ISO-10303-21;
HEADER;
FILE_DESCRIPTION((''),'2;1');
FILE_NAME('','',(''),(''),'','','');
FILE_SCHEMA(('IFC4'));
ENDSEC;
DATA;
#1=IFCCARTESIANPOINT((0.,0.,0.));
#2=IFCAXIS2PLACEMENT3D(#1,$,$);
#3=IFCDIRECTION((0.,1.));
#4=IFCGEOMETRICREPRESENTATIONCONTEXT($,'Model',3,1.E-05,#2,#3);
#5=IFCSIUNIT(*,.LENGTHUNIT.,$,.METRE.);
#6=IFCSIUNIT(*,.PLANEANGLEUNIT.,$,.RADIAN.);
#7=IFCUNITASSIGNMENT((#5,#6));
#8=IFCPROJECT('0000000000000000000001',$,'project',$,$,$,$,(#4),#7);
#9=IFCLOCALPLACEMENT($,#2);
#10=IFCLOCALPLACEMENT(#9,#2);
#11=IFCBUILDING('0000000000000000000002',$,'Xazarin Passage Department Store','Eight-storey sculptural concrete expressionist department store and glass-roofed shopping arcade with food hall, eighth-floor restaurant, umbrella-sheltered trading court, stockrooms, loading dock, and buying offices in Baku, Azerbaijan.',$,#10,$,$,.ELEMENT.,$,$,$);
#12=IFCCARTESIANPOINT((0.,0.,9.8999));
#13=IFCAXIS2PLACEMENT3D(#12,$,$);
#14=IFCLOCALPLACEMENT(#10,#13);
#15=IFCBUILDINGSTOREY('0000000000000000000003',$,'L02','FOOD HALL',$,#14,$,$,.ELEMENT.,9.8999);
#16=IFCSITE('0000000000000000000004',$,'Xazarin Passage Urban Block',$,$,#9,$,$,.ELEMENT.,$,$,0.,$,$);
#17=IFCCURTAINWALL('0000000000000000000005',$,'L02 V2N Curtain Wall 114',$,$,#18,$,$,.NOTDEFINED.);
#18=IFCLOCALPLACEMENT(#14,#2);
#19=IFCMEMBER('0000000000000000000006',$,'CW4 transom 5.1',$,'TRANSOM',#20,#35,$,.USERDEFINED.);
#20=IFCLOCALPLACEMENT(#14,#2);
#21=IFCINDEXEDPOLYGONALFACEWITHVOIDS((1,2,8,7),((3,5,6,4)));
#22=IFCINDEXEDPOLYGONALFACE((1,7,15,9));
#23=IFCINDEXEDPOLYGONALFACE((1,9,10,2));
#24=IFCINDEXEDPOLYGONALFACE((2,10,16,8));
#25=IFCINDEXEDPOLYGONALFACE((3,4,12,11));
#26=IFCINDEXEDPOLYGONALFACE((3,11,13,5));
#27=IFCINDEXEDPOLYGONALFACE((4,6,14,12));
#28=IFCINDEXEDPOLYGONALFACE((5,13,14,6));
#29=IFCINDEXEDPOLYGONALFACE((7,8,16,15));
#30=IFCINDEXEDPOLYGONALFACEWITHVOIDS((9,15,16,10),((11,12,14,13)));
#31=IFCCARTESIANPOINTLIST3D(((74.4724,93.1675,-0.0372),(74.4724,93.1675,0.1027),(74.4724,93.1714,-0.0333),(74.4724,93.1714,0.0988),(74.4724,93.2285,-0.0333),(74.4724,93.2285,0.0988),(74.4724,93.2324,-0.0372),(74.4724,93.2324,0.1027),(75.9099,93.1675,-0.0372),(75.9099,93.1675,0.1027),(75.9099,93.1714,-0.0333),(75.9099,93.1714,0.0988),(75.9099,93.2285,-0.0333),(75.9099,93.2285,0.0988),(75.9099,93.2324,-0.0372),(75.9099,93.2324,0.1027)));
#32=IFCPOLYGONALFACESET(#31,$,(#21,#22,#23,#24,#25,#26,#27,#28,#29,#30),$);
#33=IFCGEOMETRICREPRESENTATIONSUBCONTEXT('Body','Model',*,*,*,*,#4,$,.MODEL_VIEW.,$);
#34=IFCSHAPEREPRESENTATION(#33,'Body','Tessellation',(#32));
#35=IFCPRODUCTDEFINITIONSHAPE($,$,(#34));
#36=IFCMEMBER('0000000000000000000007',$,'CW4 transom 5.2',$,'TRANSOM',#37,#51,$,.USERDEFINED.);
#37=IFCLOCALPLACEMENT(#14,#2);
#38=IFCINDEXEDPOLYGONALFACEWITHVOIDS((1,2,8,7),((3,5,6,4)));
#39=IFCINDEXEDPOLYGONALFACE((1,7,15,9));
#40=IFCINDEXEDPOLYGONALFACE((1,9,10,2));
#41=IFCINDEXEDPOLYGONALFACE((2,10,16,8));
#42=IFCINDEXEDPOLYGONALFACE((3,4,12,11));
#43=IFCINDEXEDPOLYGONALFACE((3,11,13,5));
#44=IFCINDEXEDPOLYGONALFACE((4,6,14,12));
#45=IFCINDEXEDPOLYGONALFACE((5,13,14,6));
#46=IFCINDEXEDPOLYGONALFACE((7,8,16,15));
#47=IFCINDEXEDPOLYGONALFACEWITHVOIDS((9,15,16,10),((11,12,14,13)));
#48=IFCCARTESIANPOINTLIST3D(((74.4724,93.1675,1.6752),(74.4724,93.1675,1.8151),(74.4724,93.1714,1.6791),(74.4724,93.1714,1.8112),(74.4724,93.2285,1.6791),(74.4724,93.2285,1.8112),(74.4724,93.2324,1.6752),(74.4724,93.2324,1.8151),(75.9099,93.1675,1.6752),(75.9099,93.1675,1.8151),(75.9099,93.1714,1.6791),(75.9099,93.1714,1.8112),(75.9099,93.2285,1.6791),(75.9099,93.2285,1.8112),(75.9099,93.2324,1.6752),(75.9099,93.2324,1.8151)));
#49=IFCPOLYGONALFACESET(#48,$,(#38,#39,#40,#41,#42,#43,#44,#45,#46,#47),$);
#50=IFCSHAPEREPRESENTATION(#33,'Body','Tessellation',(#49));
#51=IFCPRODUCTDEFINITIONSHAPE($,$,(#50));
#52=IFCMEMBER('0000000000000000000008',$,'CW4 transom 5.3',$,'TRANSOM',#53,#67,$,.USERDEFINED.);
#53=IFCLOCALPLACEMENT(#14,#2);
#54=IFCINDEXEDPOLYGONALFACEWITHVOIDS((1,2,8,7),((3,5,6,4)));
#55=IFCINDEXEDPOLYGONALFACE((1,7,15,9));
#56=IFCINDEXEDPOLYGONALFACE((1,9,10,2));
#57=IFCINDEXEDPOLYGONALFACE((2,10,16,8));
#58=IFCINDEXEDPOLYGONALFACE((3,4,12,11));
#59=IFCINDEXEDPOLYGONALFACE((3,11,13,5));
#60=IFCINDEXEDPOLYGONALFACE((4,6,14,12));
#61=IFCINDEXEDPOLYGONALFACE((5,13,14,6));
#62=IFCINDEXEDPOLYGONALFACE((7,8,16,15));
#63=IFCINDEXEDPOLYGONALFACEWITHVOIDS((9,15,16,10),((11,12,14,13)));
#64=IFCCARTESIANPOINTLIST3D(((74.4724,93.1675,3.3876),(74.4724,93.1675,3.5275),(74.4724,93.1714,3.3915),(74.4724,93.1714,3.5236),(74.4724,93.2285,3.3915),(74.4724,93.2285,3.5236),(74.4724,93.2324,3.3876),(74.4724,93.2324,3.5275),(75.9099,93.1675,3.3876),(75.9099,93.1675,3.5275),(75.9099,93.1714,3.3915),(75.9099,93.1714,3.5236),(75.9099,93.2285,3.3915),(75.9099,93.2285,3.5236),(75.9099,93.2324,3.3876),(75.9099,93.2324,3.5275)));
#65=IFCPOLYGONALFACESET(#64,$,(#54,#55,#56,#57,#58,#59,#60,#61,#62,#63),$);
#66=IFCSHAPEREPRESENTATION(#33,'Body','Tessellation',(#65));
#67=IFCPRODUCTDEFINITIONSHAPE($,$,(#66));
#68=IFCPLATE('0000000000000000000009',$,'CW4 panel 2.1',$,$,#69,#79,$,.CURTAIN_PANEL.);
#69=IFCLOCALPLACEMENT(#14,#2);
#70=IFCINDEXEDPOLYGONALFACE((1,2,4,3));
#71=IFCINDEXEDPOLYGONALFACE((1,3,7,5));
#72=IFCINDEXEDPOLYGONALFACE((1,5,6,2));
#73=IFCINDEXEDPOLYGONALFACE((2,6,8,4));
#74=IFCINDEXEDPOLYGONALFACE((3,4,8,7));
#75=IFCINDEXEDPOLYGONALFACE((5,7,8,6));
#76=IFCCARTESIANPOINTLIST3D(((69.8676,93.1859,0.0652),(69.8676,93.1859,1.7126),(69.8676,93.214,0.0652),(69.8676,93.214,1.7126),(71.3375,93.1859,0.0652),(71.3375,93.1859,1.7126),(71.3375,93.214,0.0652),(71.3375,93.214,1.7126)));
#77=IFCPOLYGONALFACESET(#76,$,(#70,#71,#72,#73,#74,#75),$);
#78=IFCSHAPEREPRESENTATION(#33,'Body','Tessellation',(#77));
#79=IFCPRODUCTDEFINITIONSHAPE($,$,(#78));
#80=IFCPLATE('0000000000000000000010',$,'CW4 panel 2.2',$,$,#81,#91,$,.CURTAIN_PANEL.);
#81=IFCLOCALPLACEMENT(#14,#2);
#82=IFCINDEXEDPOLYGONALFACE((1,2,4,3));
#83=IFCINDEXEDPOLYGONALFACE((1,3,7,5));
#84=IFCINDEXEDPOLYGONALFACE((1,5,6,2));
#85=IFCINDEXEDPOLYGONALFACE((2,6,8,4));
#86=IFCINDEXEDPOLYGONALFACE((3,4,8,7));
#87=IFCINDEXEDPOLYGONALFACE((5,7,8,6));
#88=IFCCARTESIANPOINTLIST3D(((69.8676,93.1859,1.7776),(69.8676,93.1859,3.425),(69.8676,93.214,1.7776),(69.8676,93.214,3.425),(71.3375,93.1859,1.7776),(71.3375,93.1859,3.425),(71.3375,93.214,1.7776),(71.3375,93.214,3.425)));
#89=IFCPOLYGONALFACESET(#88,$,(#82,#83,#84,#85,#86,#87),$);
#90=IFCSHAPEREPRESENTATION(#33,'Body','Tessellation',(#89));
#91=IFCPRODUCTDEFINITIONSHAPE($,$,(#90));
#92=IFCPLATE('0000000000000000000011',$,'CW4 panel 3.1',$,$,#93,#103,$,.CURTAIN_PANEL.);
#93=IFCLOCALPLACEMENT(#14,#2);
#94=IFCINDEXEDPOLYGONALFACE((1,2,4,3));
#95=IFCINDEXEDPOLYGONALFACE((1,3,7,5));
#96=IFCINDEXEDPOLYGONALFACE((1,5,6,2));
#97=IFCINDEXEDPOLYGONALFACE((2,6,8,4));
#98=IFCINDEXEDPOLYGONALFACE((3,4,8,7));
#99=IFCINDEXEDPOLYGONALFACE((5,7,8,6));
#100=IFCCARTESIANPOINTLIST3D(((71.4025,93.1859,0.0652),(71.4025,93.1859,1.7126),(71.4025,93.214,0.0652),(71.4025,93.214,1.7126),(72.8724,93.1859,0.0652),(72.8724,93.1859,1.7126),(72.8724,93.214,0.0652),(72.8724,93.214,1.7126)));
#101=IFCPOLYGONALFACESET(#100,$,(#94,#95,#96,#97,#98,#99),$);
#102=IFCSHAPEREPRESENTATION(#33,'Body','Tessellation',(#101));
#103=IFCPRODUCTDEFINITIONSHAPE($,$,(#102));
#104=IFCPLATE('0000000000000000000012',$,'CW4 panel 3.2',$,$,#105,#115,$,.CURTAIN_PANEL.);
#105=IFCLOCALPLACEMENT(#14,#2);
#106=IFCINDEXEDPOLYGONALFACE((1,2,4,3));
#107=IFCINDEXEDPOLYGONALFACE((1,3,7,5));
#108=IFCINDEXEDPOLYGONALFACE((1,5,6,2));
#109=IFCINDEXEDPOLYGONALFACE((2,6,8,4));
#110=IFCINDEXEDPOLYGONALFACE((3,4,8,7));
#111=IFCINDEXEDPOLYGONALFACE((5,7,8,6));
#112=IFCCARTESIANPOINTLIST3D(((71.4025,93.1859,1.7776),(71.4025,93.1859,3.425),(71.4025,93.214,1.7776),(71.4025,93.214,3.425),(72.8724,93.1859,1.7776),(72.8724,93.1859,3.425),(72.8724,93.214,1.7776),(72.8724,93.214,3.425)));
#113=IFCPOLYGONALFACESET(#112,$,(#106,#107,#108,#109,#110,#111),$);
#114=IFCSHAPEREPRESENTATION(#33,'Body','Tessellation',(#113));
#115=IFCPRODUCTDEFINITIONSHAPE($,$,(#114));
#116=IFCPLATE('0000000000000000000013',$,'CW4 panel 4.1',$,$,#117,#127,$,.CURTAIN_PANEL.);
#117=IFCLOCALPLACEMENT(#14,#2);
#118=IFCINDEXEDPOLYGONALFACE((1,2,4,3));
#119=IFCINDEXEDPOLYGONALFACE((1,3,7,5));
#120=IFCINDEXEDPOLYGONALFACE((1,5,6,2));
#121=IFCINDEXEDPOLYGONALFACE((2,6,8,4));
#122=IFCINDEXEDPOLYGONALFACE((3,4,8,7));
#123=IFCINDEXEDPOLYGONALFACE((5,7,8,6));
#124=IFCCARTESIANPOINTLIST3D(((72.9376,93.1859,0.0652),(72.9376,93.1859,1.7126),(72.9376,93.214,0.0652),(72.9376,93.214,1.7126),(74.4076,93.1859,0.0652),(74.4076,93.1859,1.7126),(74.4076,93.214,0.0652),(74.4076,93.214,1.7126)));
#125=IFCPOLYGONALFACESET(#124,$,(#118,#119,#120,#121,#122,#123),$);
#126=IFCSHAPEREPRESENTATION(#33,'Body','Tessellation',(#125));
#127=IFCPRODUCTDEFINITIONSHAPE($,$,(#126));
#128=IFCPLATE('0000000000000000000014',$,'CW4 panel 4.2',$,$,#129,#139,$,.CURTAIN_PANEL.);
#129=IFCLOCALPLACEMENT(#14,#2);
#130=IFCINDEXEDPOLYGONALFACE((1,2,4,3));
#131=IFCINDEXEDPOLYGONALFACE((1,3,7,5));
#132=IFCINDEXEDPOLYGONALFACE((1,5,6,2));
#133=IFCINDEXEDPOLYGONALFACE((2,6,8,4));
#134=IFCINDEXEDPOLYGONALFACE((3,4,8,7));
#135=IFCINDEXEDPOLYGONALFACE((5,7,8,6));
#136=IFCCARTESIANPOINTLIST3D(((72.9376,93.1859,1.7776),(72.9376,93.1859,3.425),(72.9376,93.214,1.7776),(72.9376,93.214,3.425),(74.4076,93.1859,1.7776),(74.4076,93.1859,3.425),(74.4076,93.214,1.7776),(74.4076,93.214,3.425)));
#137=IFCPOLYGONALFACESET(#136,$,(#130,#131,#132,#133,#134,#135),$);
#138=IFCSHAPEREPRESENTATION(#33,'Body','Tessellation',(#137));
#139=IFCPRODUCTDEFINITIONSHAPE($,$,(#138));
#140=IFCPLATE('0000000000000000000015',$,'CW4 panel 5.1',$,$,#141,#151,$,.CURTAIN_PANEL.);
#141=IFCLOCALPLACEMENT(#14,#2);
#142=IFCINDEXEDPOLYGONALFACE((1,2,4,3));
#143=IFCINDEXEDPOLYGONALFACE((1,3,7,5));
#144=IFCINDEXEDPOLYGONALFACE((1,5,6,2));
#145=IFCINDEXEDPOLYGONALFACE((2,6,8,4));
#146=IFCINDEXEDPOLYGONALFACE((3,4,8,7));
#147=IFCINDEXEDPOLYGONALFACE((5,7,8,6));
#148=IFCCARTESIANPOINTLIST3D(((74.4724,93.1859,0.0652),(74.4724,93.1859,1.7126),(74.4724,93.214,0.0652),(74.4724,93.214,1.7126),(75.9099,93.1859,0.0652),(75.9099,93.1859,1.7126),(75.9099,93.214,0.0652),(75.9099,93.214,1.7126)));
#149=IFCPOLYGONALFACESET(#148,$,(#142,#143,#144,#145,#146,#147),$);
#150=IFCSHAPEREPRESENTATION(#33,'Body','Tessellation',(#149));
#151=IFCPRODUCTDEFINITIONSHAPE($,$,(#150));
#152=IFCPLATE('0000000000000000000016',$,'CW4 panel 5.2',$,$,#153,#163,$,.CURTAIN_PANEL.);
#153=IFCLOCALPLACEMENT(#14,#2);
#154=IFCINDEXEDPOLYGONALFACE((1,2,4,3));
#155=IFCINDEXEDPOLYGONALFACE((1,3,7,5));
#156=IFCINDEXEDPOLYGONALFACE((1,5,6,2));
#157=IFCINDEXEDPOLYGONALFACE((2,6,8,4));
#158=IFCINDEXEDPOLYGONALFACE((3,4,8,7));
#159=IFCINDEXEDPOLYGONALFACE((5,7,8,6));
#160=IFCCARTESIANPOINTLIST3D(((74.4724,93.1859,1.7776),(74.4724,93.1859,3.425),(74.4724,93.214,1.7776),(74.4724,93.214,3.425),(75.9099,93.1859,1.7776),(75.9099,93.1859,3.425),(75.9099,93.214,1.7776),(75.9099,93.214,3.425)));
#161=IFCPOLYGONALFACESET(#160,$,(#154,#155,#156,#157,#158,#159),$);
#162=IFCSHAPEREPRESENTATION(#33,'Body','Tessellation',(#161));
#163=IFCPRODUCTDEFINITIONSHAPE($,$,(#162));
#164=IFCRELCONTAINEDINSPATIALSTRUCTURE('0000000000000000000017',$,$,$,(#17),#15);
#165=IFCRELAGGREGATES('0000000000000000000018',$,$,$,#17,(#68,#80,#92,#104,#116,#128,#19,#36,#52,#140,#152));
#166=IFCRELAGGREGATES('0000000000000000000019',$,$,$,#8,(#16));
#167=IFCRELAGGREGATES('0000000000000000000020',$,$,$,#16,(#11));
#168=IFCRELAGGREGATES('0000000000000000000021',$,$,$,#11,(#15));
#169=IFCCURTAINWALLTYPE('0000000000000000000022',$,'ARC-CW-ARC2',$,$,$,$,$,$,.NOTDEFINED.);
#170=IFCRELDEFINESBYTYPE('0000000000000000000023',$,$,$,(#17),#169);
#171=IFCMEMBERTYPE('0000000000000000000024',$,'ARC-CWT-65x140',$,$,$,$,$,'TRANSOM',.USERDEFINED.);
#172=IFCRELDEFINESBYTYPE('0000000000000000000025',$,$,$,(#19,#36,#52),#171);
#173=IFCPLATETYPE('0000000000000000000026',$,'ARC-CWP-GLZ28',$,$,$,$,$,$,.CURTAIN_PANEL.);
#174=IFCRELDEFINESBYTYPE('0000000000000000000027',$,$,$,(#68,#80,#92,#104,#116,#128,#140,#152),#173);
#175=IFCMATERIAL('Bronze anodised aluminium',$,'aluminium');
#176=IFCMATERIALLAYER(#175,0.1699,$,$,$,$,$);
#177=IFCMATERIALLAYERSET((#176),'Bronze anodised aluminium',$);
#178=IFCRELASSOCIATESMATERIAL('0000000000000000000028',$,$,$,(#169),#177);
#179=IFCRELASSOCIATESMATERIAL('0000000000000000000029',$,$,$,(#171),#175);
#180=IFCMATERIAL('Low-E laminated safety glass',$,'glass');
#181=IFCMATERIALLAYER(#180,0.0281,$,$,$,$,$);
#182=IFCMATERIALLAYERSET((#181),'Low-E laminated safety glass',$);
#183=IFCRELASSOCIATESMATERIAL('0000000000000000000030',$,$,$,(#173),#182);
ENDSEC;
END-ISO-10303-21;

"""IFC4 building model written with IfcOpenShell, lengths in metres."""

from ifc_helpers import new_model, si_unit, direction, frame, origin, origin_2d, place, context, subcontext, project, spatial, rectangle, hollow_rectangle, extrude, material, layer, layer_set, material_profile, profile_set, type_object, element, aggregate, save


model = new_model("IFC4")

# Units and contexts
model_context = context("Model", 3, precision=1e-05, world=origin(), true_north=direction((0.0, 1.0)))
body_context = subcontext(model_context, "Body", "Model", "MODEL_VIEW")
ifc_project = project(units=[si_unit("LENGTHUNIT", "METRE"), si_unit("PLANEANGLEUNIT", "RADIAN")], contexts=[model_context])

# Site, building, storey
site_placement = place(None, origin())
site = spatial("IfcSite", under=ifc_project, at=site_placement, Name="Xazarin Passage Urban Block", CompositionType="ELEMENT", RefElevation=0.0)
building_placement = place(site_placement, origin())
building = spatial("IfcBuilding", under=site, at=building_placement, Name="Xazarin Passage Department Store", Description="Eight-storey sculptural concrete expressionist department store and glass-roofed shopping arcade with food hall, eighth-floor restaurant, umbrella-sheltered trading court, stockrooms, loading dock, and buying offices in Baku, Azerbaijan.", CompositionType="ELEMENT")
storey_placement = place(building_placement, frame((0.0, 0.0, 9.8999)))
storey = spatial("IfcBuildingStorey", under=building, at=storey_placement, Name="L02", Description="FOOD HALL", CompositionType="ELEMENT", Elevation=9.8999)

# Curtain wall, members, plates
ifc_material_1 = material(Name="Bronze anodised aluminium", Category="aluminium")
ifc_layer_1 = layer(ifc_material_1, 0.1699)
ifc_layer_set_1 = layer_set([ifc_layer_1], Name="Bronze anodised aluminium")
curtain_wall_type = type_object("IfcCurtainWallType", Name="ARC-CW-ARC2", PredefinedType="NOTDEFINED", material=ifc_layer_set_1)
curtain_wall_placement = place(storey_placement, origin())
curtain_wall = element("IfcCurtainWall", 1, at=curtain_wall_placement, inside=storey, type_object=curtain_wall_type, Name="L02 V2N Curtain Wall 114", PredefinedType="NOTDEFINED")
ifc_material_profile_1 = material_profile(ifc_material_1, hollow_rectangle(XDim=0.0649, YDim=0.1399, WallThickness=0.0039, at=origin_2d()), Name="ALU 65x140")
ifc_profile_set_1 = profile_set([ifc_material_profile_1], Name="Bronze anodised aluminium")
member_type_1 = type_object("IfcMemberType", Name="ARC-CWT-65x140", ElementType="TRANSOM", PredefinedType="USERDEFINED", material=ifc_profile_set_1)
member_1_placement = place(storey_placement, frame((74.4724, 93.2, 0.0327), z_axis=(1.0, 0.0, 0.0), x_axis=(0.0, 1.0, 0.0)))
member_1 = element("IfcMember", 2, at=member_1_placement, type_object=member_type_1, Name="CW4 transom 5.1", ObjectType="TRANSOM", PredefinedType="USERDEFINED", context=body_context, shape_type="SweptSolid", body=[
    extrude(hollow_rectangle(XDim=0.0649, YDim=0.1399, WallThickness=0.0039, at=origin_2d()), origin(), (0.0, 0.0, 1.0), 1.4375),
])
member_2_placement = place(storey_placement, frame((74.4724, 93.2, 1.7451), z_axis=(1.0, 0.0, 0.0), x_axis=(0.0, 1.0, 0.0)))
member_2 = element("IfcMember", 3, at=member_2_placement, type_object=member_type_1, Name="CW4 transom 5.2", ObjectType="TRANSOM", PredefinedType="USERDEFINED", context=body_context, shape_type="SweptSolid", body=[
    extrude(hollow_rectangle(XDim=0.0649, YDim=0.1399, WallThickness=0.0039, at=origin_2d()), origin(), (0.0, 0.0, 1.0), 1.4375),
])
member_3_placement = place(storey_placement, frame((74.4724, 93.2, 3.4575), z_axis=(1.0, 0.0, 0.0), x_axis=(0.0, 1.0, 0.0)))
member_3 = element("IfcMember", 4, at=member_3_placement, type_object=member_type_1, Name="CW4 transom 5.3", ObjectType="TRANSOM", PredefinedType="USERDEFINED", context=body_context, shape_type="SweptSolid", body=[
    extrude(hollow_rectangle(XDim=0.0649, YDim=0.1399, WallThickness=0.0039, at=origin_2d()), origin(), (0.0, 0.0, 1.0), 1.4375),
])
ifc_material_2 = material(Name="Low-E laminated safety glass", Category="glass")
ifc_layer_2 = layer(ifc_material_2, 0.0281)
ifc_layer_set_2 = layer_set([ifc_layer_2], Name="Low-E laminated safety glass")
plate_type = type_object("IfcPlateType", Name="ARC-CWP-GLZ28", PredefinedType="CURTAIN_PANEL", material=ifc_layer_set_2)
plate_1_placement = place(storey_placement, frame((70.6025, 93.2, 0.0652), z_axis=(0.0, 0.0, 1.0), x_axis=(1.0, 0.0, 0.0)))
plate_1 = element("IfcPlate", 5, at=plate_1_placement, type_object=plate_type, Name="CW4 panel 2.1", PredefinedType="CURTAIN_PANEL", context=body_context, shape_type="SweptSolid", body=[
    extrude(rectangle(XDim=1.47, YDim=0.0281, at=origin_2d()), origin(), (0.0, 0.0, 1.0), 1.6475),
])
plate_2_placement = place(storey_placement, frame((70.6025, 93.2, 1.7776), z_axis=(0.0, 0.0, 1.0), x_axis=(1.0, 0.0, 0.0)))
plate_2 = element("IfcPlate", 6, at=plate_2_placement, type_object=plate_type, Name="CW4 panel 2.2", PredefinedType="CURTAIN_PANEL", context=body_context, shape_type="SweptSolid", body=[
    extrude(rectangle(XDim=1.47, YDim=0.0281, at=origin_2d()), origin(), (0.0, 0.0, 1.0), 1.6475),
])
plate_3_placement = place(storey_placement, frame((72.1375, 93.2, 0.0652), z_axis=(0.0, 0.0, 1.0), x_axis=(1.0, 0.0, 0.0)))
plate_3 = element("IfcPlate", 7, at=plate_3_placement, type_object=plate_type, Name="CW4 panel 3.1", PredefinedType="CURTAIN_PANEL", context=body_context, shape_type="SweptSolid", body=[
    extrude(rectangle(XDim=1.47, YDim=0.0281, at=origin_2d()), origin(), (0.0, 0.0, 1.0), 1.6475),
])
plate_4_placement = place(storey_placement, frame((72.1375, 93.2, 1.7776), z_axis=(0.0, 0.0, 1.0), x_axis=(1.0, 0.0, 0.0)))
plate_4 = element("IfcPlate", 8, at=plate_4_placement, type_object=plate_type, Name="CW4 panel 3.2", PredefinedType="CURTAIN_PANEL", context=body_context, shape_type="SweptSolid", body=[
    extrude(rectangle(XDim=1.47, YDim=0.0281, at=origin_2d()), origin(), (0.0, 0.0, 1.0), 1.6475),
])
plate_5_placement = place(storey_placement, frame((73.6726, 93.2, 0.0652), z_axis=(0.0, 0.0, 1.0), x_axis=(1.0, 0.0, 0.0)))
plate_5 = element("IfcPlate", 9, at=plate_5_placement, type_object=plate_type, Name="CW4 panel 4.1", PredefinedType="CURTAIN_PANEL", context=body_context, shape_type="SweptSolid", body=[
    extrude(rectangle(XDim=1.47, YDim=0.0281, at=origin_2d()), origin(), (0.0, 0.0, 1.0), 1.6475),
])
plate_6_placement = place(storey_placement, frame((73.6726, 93.2, 1.7776), z_axis=(0.0, 0.0, 1.0), x_axis=(1.0, 0.0, 0.0)))
plate_6 = element("IfcPlate", 10, at=plate_6_placement, type_object=plate_type, Name="CW4 panel 4.2", PredefinedType="CURTAIN_PANEL", context=body_context, shape_type="SweptSolid", body=[
    extrude(rectangle(XDim=1.47, YDim=0.0281, at=origin_2d()), origin(), (0.0, 0.0, 1.0), 1.6475),
])
plate_7_placement = place(storey_placement, frame((75.1912, 93.2, 0.0652), z_axis=(0.0, 0.0, 1.0), x_axis=(1.0, 0.0, 0.0)))
plate_7 = element("IfcPlate", 11, at=plate_7_placement, type_object=plate_type, Name="CW4 panel 5.1", PredefinedType="CURTAIN_PANEL", context=body_context, shape_type="SweptSolid", body=[
    extrude(rectangle(XDim=1.4375, YDim=0.0281, at=origin_2d()), origin(), (0.0, 0.0, 1.0), 1.6475),
])
plate_8_placement = place(storey_placement, frame((75.1912, 93.2, 1.7776), z_axis=(0.0, 0.0, 1.0), x_axis=(1.0, 0.0, 0.0)))
plate_8 = element("IfcPlate", 12, at=plate_8_placement, type_object=plate_type, Name="CW4 panel 5.2", PredefinedType="CURTAIN_PANEL", context=body_context, shape_type="SweptSolid", body=[
    extrude(rectangle(XDim=1.4375, YDim=0.0281, at=origin_2d()), origin(), (0.0, 0.0, 1.0), 1.6475),
])
aggregate(curtain_wall, [plate_1, plate_2, plate_3, plate_4, plate_5, plate_6, member_1, member_2, member_3, plate_7, plate_8])

save(model, "model.ifc")
